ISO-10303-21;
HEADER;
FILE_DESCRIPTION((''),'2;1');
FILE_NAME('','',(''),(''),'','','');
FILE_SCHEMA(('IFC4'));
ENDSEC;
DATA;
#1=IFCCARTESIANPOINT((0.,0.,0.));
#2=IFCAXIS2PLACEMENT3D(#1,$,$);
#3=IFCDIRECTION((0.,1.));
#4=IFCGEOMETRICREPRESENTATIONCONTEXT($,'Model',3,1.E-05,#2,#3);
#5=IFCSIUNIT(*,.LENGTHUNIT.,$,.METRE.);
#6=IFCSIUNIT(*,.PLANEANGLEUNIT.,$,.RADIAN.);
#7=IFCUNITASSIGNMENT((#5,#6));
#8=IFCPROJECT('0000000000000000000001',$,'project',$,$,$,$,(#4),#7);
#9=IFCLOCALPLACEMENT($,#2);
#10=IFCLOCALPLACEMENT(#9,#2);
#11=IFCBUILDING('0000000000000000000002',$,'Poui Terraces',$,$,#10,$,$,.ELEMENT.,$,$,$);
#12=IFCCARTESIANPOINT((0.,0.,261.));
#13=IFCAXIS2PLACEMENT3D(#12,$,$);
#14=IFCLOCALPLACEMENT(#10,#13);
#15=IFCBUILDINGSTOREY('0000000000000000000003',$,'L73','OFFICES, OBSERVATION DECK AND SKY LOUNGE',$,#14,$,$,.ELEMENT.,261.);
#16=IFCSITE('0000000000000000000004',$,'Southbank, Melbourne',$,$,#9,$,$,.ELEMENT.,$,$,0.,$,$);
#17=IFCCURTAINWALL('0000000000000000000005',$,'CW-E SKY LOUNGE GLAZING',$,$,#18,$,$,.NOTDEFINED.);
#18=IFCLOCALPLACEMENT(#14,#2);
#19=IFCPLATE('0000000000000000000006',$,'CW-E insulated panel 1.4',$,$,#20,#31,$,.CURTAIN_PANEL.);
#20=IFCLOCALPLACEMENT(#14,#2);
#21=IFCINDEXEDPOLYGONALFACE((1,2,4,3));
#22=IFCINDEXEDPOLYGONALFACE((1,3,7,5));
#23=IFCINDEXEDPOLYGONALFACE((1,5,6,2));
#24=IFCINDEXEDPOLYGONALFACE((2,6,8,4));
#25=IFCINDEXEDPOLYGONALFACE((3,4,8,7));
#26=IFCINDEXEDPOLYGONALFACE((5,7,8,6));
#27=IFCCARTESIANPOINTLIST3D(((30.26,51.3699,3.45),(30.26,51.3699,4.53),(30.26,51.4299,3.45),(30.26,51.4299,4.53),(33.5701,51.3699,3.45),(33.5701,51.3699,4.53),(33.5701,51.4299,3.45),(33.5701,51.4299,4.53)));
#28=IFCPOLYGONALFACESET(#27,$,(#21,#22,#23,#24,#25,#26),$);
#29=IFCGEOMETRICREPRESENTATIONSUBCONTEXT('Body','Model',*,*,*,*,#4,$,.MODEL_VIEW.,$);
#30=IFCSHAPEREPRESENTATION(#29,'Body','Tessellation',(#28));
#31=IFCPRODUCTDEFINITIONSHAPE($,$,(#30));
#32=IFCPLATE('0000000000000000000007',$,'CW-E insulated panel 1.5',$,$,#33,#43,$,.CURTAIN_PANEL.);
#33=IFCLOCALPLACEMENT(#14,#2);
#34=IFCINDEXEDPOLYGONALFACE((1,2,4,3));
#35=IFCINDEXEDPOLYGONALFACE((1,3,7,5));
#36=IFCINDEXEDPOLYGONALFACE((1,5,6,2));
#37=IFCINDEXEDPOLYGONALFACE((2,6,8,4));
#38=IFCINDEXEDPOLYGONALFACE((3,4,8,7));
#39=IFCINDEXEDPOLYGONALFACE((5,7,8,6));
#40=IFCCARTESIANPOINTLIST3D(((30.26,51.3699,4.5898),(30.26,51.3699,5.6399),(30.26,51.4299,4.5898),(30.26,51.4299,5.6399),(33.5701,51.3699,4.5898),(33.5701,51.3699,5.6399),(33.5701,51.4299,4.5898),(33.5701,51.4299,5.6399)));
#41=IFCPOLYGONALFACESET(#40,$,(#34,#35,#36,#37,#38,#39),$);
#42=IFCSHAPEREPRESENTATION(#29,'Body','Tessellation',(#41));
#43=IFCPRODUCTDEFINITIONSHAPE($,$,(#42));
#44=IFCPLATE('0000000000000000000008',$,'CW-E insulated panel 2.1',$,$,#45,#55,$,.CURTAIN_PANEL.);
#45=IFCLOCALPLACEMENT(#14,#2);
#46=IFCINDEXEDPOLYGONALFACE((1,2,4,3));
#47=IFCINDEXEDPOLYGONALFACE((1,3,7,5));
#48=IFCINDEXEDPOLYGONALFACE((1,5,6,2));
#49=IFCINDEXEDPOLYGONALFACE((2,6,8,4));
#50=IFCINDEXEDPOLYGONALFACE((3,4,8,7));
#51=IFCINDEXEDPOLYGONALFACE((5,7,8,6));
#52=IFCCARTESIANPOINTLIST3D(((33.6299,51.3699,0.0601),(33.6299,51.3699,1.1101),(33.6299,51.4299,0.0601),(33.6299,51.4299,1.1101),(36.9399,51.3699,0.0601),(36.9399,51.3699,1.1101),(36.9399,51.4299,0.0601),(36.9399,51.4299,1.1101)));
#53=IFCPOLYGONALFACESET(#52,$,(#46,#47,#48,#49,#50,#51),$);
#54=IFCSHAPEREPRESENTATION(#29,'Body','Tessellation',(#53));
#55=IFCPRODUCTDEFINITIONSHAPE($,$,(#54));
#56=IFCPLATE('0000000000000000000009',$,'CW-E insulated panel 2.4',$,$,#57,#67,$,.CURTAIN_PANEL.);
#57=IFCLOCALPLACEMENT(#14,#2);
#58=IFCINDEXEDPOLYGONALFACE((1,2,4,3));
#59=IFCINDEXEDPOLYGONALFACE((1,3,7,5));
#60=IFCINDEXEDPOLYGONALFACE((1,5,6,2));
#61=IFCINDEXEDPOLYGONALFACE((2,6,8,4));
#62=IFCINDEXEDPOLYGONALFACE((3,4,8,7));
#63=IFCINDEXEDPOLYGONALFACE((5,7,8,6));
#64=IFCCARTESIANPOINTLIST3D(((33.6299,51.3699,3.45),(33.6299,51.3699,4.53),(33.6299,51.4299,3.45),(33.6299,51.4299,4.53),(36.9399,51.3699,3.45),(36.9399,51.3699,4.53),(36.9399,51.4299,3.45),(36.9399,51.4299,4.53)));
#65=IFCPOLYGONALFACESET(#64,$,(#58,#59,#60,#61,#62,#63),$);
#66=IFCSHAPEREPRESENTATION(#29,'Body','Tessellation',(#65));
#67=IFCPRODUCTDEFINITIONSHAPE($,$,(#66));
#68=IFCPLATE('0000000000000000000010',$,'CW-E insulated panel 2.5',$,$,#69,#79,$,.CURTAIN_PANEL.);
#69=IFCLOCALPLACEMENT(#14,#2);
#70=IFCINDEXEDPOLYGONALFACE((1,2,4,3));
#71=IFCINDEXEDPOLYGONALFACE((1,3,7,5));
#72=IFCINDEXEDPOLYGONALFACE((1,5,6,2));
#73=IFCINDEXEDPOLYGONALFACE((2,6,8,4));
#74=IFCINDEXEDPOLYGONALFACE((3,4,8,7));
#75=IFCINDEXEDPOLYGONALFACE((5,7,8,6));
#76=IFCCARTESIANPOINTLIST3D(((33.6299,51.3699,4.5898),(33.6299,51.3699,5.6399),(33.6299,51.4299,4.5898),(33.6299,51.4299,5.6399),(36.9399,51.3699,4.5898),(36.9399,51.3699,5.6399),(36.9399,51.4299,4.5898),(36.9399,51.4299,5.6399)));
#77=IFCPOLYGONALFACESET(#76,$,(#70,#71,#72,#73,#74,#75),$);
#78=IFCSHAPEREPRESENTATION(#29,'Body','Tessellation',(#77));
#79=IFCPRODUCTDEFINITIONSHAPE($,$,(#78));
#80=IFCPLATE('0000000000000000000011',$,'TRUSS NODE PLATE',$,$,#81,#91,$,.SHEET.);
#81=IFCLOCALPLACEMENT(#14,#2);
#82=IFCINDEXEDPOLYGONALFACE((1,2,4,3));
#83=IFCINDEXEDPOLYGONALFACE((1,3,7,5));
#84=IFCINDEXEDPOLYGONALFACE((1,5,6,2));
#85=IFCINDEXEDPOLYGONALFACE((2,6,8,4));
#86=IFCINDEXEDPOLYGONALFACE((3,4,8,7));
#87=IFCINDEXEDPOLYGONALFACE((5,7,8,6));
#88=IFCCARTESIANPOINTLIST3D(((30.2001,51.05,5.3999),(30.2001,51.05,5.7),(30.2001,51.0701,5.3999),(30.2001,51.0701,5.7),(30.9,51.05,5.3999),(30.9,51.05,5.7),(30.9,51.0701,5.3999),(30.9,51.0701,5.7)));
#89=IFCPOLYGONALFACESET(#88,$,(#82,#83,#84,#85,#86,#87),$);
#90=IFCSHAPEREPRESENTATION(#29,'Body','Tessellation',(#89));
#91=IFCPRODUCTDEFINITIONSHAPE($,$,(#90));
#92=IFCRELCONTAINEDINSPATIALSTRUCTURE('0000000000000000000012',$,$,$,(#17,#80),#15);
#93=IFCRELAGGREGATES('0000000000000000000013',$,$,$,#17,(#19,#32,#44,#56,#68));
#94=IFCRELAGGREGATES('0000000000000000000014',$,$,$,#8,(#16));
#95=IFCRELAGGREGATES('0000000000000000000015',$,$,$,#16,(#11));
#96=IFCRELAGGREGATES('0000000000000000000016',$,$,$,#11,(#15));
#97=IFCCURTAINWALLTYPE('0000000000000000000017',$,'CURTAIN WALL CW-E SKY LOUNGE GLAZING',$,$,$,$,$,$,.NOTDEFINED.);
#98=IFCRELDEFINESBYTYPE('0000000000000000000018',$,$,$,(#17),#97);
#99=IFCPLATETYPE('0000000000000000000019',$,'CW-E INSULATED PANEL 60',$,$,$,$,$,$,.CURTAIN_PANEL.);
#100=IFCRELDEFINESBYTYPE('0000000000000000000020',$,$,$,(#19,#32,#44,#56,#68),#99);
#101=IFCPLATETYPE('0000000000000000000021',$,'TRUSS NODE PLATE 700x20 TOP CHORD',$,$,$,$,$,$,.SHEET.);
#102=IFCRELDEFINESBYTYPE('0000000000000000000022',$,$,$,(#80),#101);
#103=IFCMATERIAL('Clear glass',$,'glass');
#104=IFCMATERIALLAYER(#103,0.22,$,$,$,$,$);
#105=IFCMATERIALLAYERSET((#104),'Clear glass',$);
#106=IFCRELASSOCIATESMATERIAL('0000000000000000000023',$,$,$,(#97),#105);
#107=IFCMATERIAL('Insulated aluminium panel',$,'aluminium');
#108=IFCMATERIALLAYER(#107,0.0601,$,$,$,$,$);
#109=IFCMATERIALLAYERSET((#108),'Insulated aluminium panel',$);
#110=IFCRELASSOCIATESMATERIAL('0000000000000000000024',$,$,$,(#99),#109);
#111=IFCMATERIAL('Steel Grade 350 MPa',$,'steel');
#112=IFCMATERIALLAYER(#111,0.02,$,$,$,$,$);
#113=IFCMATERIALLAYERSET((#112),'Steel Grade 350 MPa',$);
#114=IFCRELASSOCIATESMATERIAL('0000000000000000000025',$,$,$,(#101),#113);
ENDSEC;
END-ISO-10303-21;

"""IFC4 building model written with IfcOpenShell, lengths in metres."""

from ifc_helpers import new_model, si_unit, direction, frame, origin, origin_2d, place, context, subcontext, project, spatial, rectangle, extrude, source, transform, mapped, material, layer, layer_set, type_object, element, aggregate, save


model = new_model("IFC4")

# Units and contexts
model_context = context("Model", 3, precision=1e-05, world=origin(), true_north=direction((0.0, 1.0)))
body_context = subcontext(model_context, "Body", "Model", "MODEL_VIEW")
ifc_project = project(units=[si_unit("LENGTHUNIT", "METRE"), si_unit("PLANEANGLEUNIT", "RADIAN")], contexts=[model_context])

# Site, building, storey
site_placement = place(None, origin())
site = spatial("IfcSite", under=ifc_project, at=site_placement, Name="Southbank, Melbourne", CompositionType="ELEMENT", RefElevation=0.0)
building_placement = place(site_placement, origin())
building = spatial("IfcBuilding", under=site, at=building_placement, Name="Poui Terraces", CompositionType="ELEMENT")
storey_placement = place(building_placement, frame((0.0, 0.0, 261.0)))
storey = spatial("IfcBuildingStorey", under=building, at=storey_placement, Name="L73", Description="OFFICES, OBSERVATION DECK AND SKY LOUNGE", CompositionType="ELEMENT", Elevation=261.0)

# Curtain wall
ifc_material_1 = material(Name="Clear glass", Category="glass")
ifc_layer_1 = layer(ifc_material_1, 0.22)
ifc_layer_set_1 = layer_set([ifc_layer_1], Name="Clear glass")
curtain_wall_type = type_object("IfcCurtainWallType", Name="CURTAIN WALL CW-E SKY LOUNGE GLAZING", PredefinedType="NOTDEFINED", material=ifc_layer_set_1)
curtain_wall_placement = place(storey_placement, origin())
curtain_wall = element("IfcCurtainWall", 1, at=curtain_wall_placement, inside=storey, type_object=curtain_wall_type, Name="CW-E SKY LOUNGE GLAZING", PredefinedType="NOTDEFINED")

# Shared definitions
ifc_material_2 = material(Name="Steel Grade 350 MPa", Category="steel")

# Plates
ifc_material_3 = material(Name="Insulated aluminium panel", Category="aluminium")
ifc_layer_2 = layer(ifc_material_3, 0.0601)
ifc_layer_set_2 = layer_set([ifc_layer_2], Name="Insulated aluminium panel")
plate_type_1 = type_object("IfcPlateType", Name="CW-E INSULATED PANEL 60", PredefinedType="CURTAIN_PANEL", material=ifc_layer_set_2)
plate_1_placement = place(storey_placement, frame((31.915, 51.3999, 3.45), z_axis=(0.0, 0.0, 1.0), x_axis=(1.0, 0.0, 0.0)))
plate_1 = element("IfcPlate", 2, at=plate_1_placement, type_object=plate_type_1, Name="CW-E insulated panel 1.4", PredefinedType="CURTAIN_PANEL", context=body_context, shape_type="SweptSolid", body=[
    extrude(rectangle(XDim=3.3101, YDim=0.0601, at=origin_2d()), origin(), (0.0, 0.0, 1.0), 1.0801),
])
plate_2_placement = place(storey_placement, frame((31.915, 51.3999, 4.5898), z_axis=(0.0, 0.0, 1.0), x_axis=(1.0, 0.0, 0.0)))
plate_2 = element("IfcPlate", 3, at=plate_2_placement, type_object=plate_type_1, Name="CW-E insulated panel 1.5", PredefinedType="CURTAIN_PANEL", context=body_context, shape_type="SweptSolid", body=[
    extrude(rectangle(XDim=3.3101, YDim=0.0601, at=origin_2d()), origin(), (0.0, 0.0, 1.0), 1.05),
])
plate_3_placement = place(storey_placement, frame((35.2849, 51.3999, 0.0601), z_axis=(0.0, 0.0, 1.0), x_axis=(1.0, 0.0, 0.0)))
plate_3 = element("IfcPlate", 4, at=plate_3_placement, type_object=plate_type_1, Name="CW-E insulated panel 2.1", PredefinedType="CURTAIN_PANEL", context=body_context, shape_type="SweptSolid", body=[
    extrude(rectangle(XDim=3.3101, YDim=0.0601, at=origin_2d()), origin(), (0.0, 0.0, 1.0), 1.05),
])
plate_4_placement = place(storey_placement, frame((35.2849, 51.3999, 3.45), z_axis=(0.0, 0.0, 1.0), x_axis=(1.0, 0.0, 0.0)))
plate_4 = element("IfcPlate", 5, at=plate_4_placement, type_object=plate_type_1, Name="CW-E insulated panel 2.4", PredefinedType="CURTAIN_PANEL", context=body_context, shape_type="SweptSolid", body=[
    extrude(rectangle(XDim=3.3101, YDim=0.0601, at=origin_2d()), origin(), (0.0, 0.0, 1.0), 1.0801),
])
plate_5_placement = place(storey_placement, frame((35.2849, 51.3999, 4.5898), z_axis=(0.0, 0.0, 1.0), x_axis=(1.0, 0.0, 0.0)))
plate_5 = element("IfcPlate", 6, at=plate_5_placement, type_object=plate_type_1, Name="CW-E insulated panel 2.5", PredefinedType="CURTAIN_PANEL", context=body_context, shape_type="SweptSolid", body=[
    extrude(rectangle(XDim=3.3101, YDim=0.0601, at=origin_2d()), origin(), (0.0, 0.0, 1.0), 1.05),
])
aggregate(curtain_wall, [plate_1, plate_2, plate_3, plate_4, plate_5])
ifc_layer_3 = layer(ifc_material_2, 0.02)
ifc_layer_set_3 = layer_set([ifc_layer_3], Name="Steel Grade 350 MPa")
plate_type_2 = type_object("IfcPlateType", Name="TRUSS NODE PLATE 700x20 TOP CHORD", PredefinedType="SHEET", material=ifc_layer_set_3)
shared_shape = source(origin(), body_context, "Body", "SweptSolid", [
    extrude(rectangle(XDim=0.7, YDim=0.02, at=origin_2d()), origin(), (0.0, 0.0, 1.0), 0.3),
])
plate_6_placement = place(storey_placement, frame((30.55, 51.0601, 5.3999), z_axis=(0.0, 0.0, 1.0), x_axis=(1.0, 0.0, 0.0)))
element("IfcPlate", 7, at=plate_6_placement, inside=storey, type_object=plate_type_2, Name="TRUSS NODE PLATE", PredefinedType="SHEET", context=body_context, shape_type="MappedRepresentation", body=[
    mapped(shared_shape, transform((0.0, 0.0, 0.0))),
])

save(model, "model.ifc")
